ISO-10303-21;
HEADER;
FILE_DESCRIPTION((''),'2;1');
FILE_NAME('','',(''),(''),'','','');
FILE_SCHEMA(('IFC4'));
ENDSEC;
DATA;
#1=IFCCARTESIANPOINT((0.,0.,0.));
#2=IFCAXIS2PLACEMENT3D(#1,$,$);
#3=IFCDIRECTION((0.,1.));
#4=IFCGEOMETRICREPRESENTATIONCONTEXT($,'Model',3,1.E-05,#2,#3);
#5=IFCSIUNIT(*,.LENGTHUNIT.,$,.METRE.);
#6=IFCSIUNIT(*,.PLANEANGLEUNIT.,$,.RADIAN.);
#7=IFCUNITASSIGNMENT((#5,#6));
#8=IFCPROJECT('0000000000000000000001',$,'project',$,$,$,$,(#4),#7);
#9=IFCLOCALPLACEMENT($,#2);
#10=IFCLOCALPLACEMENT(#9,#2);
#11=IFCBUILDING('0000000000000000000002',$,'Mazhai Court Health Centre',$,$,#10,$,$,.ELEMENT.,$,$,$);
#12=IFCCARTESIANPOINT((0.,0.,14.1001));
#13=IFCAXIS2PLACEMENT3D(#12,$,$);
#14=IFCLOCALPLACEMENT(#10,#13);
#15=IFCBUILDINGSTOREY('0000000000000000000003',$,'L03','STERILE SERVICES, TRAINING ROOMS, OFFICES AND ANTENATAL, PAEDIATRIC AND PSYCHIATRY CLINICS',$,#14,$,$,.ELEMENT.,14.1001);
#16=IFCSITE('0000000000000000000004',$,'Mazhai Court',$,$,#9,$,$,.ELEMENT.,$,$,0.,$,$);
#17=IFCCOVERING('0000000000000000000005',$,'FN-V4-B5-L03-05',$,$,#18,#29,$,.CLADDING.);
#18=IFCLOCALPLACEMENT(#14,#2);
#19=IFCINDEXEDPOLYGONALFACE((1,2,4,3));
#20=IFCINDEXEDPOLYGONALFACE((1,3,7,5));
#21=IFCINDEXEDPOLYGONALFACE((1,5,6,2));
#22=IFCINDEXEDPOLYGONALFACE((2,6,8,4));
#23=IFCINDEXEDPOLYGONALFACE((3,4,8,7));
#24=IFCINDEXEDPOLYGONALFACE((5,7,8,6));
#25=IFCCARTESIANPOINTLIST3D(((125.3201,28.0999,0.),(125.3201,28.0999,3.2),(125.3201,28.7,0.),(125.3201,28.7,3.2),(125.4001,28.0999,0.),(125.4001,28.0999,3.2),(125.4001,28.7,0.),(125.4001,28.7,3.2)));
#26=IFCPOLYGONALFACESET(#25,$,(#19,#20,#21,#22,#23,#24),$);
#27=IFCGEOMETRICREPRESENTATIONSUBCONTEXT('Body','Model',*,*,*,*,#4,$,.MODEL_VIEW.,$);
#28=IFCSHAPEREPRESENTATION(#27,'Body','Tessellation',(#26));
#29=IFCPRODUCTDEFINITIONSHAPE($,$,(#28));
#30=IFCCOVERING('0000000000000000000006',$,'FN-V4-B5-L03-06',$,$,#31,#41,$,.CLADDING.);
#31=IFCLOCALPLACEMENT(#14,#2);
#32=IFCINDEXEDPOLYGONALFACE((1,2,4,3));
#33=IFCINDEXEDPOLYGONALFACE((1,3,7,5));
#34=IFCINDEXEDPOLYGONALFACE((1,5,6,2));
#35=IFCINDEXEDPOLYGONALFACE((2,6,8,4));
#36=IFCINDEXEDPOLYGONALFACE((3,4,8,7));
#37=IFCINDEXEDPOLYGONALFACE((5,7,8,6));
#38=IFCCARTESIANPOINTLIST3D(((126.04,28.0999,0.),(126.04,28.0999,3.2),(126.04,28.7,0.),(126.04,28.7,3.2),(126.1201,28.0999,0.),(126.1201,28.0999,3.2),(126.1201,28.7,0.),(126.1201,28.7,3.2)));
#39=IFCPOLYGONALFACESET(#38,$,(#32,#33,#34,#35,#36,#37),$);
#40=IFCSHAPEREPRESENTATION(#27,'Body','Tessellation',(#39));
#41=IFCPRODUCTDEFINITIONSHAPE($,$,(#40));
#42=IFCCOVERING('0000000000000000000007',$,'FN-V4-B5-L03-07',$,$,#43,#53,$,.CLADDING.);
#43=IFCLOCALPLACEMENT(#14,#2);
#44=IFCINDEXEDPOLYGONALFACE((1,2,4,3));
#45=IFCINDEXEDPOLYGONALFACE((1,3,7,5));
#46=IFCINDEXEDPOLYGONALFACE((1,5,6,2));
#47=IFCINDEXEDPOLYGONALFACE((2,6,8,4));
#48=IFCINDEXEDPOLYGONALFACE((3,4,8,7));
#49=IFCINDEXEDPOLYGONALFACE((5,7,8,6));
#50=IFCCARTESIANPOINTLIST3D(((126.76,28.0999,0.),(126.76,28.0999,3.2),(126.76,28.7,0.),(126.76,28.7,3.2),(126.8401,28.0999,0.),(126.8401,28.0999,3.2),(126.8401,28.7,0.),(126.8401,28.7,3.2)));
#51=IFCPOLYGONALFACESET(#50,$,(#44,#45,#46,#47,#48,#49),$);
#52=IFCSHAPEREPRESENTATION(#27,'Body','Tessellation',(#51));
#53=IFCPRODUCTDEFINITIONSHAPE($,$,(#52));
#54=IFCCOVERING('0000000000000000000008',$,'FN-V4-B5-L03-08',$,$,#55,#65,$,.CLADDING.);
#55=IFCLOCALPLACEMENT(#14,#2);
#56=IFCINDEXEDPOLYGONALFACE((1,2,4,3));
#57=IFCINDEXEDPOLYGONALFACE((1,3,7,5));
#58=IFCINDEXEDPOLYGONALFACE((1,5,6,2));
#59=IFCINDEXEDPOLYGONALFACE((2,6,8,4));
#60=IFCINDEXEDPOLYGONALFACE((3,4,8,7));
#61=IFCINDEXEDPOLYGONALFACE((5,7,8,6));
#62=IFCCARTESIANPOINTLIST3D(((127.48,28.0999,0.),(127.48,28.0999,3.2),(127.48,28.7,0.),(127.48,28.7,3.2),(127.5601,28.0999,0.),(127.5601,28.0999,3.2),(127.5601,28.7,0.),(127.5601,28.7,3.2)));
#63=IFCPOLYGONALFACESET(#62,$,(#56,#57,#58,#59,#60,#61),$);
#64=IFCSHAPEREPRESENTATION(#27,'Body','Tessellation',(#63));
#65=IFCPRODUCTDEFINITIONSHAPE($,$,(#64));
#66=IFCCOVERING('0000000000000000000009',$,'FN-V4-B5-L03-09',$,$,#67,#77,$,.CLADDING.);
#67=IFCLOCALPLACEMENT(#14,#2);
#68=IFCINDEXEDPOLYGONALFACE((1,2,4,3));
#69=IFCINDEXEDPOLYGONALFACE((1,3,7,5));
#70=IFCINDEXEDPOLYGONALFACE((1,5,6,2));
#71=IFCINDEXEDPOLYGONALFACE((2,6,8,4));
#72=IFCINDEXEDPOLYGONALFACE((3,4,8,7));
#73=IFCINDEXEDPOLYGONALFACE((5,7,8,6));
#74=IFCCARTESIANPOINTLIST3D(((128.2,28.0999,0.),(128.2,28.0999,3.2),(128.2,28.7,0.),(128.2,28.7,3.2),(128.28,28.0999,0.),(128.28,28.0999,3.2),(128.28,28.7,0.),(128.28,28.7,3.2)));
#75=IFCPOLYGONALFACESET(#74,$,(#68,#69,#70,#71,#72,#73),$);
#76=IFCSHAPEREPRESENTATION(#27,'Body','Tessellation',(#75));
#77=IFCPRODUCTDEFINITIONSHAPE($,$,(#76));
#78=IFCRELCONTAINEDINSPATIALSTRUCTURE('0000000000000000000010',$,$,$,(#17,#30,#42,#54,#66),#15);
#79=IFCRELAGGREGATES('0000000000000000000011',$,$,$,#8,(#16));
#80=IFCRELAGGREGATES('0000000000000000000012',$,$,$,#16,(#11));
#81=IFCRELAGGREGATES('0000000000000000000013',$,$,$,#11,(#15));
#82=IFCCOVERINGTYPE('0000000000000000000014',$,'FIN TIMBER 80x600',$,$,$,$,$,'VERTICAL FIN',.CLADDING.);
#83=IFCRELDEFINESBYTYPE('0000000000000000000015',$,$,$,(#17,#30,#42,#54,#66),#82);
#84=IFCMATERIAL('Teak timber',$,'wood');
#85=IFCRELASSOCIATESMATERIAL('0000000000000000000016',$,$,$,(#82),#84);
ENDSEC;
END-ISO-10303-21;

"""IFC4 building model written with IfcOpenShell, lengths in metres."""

from ifc_helpers import new_model, si_unit, direction, frame, origin, origin_2d, place, context, subcontext, project, spatial, rectangle, extrude, material, type_object, element, save


model = new_model("IFC4")

# Units and contexts
model_context = context("Model", 3, precision=1e-05, world=origin(), true_north=direction((0.0, 1.0)))
body_context = subcontext(model_context, "Body", "Model", "MODEL_VIEW")
ifc_project = project(units=[si_unit("LENGTHUNIT", "METRE"), si_unit("PLANEANGLEUNIT", "RADIAN")], contexts=[model_context])

# Site, building, storey
site_placement = place(None, origin())
site = spatial("IfcSite", under=ifc_project, at=site_placement, Name="Mazhai Court", CompositionType="ELEMENT", RefElevation=0.0)
building_placement = place(site_placement, origin())
building = spatial("IfcBuilding", under=site, at=building_placement, Name="Mazhai Court Health Centre", CompositionType="ELEMENT")
storey_placement = place(building_placement, frame((0.0, 0.0, 14.1001)))
storey = spatial("IfcBuildingStorey", under=building, at=storey_placement, Name="L03", Description="STERILE SERVICES, TRAINING ROOMS, OFFICES AND ANTENATAL, PAEDIATRIC AND PSYCHIATRY CLINICS", CompositionType="ELEMENT", Elevation=14.1001)

# Coverings
ifc_material_1 = material(Name="Teak timber", Category="wood")
covering_type_1 = type_object("IfcCoveringType", Name="FIN TIMBER 80x600", ElementType="VERTICAL FIN", PredefinedType="CLADDING", material=ifc_material_1)
for number, where, z_axis, x_axis, name in (
    (1, (125.3601, 28.3999, 0.0), (0.0, 0.0, 1.0), (1.0, 0.0, 0.0), "FN-V4-B5-L03-05"),
    (2, (126.0801, 28.3999, 0.0), (0.0, 0.0, 1.0), (1.0, 0.0, 0.0), "FN-V4-B5-L03-06"),
    (3, (126.8, 28.3999, 0.0), (0.0, 0.0, 1.0), (1.0, 0.0, 0.0), "FN-V4-B5-L03-07"),
    (4, (127.52, 28.3999, 0.0), (0.0, 0.0, 1.0), (1.0, 0.0, 0.0), "FN-V4-B5-L03-08"),
    (5, (128.24, 28.3999, 0.0), (0.0, 0.0, 1.0), (1.0, 0.0, 0.0), "FN-V4-B5-L03-09"),
):
    element("IfcCovering", number, at=place(storey_placement, frame(where, z_axis=z_axis, x_axis=x_axis)), inside=storey, type_object=covering_type_1, Name=name, PredefinedType="CLADDING", context=body_context, shape_type="SweptSolid", body=[
        extrude(rectangle(XDim=0.0801, YDim=0.6001, at=origin_2d()), origin(), (0.0, 0.0, 1.0), 3.2),
    ])

save(model, "model.ifc")
